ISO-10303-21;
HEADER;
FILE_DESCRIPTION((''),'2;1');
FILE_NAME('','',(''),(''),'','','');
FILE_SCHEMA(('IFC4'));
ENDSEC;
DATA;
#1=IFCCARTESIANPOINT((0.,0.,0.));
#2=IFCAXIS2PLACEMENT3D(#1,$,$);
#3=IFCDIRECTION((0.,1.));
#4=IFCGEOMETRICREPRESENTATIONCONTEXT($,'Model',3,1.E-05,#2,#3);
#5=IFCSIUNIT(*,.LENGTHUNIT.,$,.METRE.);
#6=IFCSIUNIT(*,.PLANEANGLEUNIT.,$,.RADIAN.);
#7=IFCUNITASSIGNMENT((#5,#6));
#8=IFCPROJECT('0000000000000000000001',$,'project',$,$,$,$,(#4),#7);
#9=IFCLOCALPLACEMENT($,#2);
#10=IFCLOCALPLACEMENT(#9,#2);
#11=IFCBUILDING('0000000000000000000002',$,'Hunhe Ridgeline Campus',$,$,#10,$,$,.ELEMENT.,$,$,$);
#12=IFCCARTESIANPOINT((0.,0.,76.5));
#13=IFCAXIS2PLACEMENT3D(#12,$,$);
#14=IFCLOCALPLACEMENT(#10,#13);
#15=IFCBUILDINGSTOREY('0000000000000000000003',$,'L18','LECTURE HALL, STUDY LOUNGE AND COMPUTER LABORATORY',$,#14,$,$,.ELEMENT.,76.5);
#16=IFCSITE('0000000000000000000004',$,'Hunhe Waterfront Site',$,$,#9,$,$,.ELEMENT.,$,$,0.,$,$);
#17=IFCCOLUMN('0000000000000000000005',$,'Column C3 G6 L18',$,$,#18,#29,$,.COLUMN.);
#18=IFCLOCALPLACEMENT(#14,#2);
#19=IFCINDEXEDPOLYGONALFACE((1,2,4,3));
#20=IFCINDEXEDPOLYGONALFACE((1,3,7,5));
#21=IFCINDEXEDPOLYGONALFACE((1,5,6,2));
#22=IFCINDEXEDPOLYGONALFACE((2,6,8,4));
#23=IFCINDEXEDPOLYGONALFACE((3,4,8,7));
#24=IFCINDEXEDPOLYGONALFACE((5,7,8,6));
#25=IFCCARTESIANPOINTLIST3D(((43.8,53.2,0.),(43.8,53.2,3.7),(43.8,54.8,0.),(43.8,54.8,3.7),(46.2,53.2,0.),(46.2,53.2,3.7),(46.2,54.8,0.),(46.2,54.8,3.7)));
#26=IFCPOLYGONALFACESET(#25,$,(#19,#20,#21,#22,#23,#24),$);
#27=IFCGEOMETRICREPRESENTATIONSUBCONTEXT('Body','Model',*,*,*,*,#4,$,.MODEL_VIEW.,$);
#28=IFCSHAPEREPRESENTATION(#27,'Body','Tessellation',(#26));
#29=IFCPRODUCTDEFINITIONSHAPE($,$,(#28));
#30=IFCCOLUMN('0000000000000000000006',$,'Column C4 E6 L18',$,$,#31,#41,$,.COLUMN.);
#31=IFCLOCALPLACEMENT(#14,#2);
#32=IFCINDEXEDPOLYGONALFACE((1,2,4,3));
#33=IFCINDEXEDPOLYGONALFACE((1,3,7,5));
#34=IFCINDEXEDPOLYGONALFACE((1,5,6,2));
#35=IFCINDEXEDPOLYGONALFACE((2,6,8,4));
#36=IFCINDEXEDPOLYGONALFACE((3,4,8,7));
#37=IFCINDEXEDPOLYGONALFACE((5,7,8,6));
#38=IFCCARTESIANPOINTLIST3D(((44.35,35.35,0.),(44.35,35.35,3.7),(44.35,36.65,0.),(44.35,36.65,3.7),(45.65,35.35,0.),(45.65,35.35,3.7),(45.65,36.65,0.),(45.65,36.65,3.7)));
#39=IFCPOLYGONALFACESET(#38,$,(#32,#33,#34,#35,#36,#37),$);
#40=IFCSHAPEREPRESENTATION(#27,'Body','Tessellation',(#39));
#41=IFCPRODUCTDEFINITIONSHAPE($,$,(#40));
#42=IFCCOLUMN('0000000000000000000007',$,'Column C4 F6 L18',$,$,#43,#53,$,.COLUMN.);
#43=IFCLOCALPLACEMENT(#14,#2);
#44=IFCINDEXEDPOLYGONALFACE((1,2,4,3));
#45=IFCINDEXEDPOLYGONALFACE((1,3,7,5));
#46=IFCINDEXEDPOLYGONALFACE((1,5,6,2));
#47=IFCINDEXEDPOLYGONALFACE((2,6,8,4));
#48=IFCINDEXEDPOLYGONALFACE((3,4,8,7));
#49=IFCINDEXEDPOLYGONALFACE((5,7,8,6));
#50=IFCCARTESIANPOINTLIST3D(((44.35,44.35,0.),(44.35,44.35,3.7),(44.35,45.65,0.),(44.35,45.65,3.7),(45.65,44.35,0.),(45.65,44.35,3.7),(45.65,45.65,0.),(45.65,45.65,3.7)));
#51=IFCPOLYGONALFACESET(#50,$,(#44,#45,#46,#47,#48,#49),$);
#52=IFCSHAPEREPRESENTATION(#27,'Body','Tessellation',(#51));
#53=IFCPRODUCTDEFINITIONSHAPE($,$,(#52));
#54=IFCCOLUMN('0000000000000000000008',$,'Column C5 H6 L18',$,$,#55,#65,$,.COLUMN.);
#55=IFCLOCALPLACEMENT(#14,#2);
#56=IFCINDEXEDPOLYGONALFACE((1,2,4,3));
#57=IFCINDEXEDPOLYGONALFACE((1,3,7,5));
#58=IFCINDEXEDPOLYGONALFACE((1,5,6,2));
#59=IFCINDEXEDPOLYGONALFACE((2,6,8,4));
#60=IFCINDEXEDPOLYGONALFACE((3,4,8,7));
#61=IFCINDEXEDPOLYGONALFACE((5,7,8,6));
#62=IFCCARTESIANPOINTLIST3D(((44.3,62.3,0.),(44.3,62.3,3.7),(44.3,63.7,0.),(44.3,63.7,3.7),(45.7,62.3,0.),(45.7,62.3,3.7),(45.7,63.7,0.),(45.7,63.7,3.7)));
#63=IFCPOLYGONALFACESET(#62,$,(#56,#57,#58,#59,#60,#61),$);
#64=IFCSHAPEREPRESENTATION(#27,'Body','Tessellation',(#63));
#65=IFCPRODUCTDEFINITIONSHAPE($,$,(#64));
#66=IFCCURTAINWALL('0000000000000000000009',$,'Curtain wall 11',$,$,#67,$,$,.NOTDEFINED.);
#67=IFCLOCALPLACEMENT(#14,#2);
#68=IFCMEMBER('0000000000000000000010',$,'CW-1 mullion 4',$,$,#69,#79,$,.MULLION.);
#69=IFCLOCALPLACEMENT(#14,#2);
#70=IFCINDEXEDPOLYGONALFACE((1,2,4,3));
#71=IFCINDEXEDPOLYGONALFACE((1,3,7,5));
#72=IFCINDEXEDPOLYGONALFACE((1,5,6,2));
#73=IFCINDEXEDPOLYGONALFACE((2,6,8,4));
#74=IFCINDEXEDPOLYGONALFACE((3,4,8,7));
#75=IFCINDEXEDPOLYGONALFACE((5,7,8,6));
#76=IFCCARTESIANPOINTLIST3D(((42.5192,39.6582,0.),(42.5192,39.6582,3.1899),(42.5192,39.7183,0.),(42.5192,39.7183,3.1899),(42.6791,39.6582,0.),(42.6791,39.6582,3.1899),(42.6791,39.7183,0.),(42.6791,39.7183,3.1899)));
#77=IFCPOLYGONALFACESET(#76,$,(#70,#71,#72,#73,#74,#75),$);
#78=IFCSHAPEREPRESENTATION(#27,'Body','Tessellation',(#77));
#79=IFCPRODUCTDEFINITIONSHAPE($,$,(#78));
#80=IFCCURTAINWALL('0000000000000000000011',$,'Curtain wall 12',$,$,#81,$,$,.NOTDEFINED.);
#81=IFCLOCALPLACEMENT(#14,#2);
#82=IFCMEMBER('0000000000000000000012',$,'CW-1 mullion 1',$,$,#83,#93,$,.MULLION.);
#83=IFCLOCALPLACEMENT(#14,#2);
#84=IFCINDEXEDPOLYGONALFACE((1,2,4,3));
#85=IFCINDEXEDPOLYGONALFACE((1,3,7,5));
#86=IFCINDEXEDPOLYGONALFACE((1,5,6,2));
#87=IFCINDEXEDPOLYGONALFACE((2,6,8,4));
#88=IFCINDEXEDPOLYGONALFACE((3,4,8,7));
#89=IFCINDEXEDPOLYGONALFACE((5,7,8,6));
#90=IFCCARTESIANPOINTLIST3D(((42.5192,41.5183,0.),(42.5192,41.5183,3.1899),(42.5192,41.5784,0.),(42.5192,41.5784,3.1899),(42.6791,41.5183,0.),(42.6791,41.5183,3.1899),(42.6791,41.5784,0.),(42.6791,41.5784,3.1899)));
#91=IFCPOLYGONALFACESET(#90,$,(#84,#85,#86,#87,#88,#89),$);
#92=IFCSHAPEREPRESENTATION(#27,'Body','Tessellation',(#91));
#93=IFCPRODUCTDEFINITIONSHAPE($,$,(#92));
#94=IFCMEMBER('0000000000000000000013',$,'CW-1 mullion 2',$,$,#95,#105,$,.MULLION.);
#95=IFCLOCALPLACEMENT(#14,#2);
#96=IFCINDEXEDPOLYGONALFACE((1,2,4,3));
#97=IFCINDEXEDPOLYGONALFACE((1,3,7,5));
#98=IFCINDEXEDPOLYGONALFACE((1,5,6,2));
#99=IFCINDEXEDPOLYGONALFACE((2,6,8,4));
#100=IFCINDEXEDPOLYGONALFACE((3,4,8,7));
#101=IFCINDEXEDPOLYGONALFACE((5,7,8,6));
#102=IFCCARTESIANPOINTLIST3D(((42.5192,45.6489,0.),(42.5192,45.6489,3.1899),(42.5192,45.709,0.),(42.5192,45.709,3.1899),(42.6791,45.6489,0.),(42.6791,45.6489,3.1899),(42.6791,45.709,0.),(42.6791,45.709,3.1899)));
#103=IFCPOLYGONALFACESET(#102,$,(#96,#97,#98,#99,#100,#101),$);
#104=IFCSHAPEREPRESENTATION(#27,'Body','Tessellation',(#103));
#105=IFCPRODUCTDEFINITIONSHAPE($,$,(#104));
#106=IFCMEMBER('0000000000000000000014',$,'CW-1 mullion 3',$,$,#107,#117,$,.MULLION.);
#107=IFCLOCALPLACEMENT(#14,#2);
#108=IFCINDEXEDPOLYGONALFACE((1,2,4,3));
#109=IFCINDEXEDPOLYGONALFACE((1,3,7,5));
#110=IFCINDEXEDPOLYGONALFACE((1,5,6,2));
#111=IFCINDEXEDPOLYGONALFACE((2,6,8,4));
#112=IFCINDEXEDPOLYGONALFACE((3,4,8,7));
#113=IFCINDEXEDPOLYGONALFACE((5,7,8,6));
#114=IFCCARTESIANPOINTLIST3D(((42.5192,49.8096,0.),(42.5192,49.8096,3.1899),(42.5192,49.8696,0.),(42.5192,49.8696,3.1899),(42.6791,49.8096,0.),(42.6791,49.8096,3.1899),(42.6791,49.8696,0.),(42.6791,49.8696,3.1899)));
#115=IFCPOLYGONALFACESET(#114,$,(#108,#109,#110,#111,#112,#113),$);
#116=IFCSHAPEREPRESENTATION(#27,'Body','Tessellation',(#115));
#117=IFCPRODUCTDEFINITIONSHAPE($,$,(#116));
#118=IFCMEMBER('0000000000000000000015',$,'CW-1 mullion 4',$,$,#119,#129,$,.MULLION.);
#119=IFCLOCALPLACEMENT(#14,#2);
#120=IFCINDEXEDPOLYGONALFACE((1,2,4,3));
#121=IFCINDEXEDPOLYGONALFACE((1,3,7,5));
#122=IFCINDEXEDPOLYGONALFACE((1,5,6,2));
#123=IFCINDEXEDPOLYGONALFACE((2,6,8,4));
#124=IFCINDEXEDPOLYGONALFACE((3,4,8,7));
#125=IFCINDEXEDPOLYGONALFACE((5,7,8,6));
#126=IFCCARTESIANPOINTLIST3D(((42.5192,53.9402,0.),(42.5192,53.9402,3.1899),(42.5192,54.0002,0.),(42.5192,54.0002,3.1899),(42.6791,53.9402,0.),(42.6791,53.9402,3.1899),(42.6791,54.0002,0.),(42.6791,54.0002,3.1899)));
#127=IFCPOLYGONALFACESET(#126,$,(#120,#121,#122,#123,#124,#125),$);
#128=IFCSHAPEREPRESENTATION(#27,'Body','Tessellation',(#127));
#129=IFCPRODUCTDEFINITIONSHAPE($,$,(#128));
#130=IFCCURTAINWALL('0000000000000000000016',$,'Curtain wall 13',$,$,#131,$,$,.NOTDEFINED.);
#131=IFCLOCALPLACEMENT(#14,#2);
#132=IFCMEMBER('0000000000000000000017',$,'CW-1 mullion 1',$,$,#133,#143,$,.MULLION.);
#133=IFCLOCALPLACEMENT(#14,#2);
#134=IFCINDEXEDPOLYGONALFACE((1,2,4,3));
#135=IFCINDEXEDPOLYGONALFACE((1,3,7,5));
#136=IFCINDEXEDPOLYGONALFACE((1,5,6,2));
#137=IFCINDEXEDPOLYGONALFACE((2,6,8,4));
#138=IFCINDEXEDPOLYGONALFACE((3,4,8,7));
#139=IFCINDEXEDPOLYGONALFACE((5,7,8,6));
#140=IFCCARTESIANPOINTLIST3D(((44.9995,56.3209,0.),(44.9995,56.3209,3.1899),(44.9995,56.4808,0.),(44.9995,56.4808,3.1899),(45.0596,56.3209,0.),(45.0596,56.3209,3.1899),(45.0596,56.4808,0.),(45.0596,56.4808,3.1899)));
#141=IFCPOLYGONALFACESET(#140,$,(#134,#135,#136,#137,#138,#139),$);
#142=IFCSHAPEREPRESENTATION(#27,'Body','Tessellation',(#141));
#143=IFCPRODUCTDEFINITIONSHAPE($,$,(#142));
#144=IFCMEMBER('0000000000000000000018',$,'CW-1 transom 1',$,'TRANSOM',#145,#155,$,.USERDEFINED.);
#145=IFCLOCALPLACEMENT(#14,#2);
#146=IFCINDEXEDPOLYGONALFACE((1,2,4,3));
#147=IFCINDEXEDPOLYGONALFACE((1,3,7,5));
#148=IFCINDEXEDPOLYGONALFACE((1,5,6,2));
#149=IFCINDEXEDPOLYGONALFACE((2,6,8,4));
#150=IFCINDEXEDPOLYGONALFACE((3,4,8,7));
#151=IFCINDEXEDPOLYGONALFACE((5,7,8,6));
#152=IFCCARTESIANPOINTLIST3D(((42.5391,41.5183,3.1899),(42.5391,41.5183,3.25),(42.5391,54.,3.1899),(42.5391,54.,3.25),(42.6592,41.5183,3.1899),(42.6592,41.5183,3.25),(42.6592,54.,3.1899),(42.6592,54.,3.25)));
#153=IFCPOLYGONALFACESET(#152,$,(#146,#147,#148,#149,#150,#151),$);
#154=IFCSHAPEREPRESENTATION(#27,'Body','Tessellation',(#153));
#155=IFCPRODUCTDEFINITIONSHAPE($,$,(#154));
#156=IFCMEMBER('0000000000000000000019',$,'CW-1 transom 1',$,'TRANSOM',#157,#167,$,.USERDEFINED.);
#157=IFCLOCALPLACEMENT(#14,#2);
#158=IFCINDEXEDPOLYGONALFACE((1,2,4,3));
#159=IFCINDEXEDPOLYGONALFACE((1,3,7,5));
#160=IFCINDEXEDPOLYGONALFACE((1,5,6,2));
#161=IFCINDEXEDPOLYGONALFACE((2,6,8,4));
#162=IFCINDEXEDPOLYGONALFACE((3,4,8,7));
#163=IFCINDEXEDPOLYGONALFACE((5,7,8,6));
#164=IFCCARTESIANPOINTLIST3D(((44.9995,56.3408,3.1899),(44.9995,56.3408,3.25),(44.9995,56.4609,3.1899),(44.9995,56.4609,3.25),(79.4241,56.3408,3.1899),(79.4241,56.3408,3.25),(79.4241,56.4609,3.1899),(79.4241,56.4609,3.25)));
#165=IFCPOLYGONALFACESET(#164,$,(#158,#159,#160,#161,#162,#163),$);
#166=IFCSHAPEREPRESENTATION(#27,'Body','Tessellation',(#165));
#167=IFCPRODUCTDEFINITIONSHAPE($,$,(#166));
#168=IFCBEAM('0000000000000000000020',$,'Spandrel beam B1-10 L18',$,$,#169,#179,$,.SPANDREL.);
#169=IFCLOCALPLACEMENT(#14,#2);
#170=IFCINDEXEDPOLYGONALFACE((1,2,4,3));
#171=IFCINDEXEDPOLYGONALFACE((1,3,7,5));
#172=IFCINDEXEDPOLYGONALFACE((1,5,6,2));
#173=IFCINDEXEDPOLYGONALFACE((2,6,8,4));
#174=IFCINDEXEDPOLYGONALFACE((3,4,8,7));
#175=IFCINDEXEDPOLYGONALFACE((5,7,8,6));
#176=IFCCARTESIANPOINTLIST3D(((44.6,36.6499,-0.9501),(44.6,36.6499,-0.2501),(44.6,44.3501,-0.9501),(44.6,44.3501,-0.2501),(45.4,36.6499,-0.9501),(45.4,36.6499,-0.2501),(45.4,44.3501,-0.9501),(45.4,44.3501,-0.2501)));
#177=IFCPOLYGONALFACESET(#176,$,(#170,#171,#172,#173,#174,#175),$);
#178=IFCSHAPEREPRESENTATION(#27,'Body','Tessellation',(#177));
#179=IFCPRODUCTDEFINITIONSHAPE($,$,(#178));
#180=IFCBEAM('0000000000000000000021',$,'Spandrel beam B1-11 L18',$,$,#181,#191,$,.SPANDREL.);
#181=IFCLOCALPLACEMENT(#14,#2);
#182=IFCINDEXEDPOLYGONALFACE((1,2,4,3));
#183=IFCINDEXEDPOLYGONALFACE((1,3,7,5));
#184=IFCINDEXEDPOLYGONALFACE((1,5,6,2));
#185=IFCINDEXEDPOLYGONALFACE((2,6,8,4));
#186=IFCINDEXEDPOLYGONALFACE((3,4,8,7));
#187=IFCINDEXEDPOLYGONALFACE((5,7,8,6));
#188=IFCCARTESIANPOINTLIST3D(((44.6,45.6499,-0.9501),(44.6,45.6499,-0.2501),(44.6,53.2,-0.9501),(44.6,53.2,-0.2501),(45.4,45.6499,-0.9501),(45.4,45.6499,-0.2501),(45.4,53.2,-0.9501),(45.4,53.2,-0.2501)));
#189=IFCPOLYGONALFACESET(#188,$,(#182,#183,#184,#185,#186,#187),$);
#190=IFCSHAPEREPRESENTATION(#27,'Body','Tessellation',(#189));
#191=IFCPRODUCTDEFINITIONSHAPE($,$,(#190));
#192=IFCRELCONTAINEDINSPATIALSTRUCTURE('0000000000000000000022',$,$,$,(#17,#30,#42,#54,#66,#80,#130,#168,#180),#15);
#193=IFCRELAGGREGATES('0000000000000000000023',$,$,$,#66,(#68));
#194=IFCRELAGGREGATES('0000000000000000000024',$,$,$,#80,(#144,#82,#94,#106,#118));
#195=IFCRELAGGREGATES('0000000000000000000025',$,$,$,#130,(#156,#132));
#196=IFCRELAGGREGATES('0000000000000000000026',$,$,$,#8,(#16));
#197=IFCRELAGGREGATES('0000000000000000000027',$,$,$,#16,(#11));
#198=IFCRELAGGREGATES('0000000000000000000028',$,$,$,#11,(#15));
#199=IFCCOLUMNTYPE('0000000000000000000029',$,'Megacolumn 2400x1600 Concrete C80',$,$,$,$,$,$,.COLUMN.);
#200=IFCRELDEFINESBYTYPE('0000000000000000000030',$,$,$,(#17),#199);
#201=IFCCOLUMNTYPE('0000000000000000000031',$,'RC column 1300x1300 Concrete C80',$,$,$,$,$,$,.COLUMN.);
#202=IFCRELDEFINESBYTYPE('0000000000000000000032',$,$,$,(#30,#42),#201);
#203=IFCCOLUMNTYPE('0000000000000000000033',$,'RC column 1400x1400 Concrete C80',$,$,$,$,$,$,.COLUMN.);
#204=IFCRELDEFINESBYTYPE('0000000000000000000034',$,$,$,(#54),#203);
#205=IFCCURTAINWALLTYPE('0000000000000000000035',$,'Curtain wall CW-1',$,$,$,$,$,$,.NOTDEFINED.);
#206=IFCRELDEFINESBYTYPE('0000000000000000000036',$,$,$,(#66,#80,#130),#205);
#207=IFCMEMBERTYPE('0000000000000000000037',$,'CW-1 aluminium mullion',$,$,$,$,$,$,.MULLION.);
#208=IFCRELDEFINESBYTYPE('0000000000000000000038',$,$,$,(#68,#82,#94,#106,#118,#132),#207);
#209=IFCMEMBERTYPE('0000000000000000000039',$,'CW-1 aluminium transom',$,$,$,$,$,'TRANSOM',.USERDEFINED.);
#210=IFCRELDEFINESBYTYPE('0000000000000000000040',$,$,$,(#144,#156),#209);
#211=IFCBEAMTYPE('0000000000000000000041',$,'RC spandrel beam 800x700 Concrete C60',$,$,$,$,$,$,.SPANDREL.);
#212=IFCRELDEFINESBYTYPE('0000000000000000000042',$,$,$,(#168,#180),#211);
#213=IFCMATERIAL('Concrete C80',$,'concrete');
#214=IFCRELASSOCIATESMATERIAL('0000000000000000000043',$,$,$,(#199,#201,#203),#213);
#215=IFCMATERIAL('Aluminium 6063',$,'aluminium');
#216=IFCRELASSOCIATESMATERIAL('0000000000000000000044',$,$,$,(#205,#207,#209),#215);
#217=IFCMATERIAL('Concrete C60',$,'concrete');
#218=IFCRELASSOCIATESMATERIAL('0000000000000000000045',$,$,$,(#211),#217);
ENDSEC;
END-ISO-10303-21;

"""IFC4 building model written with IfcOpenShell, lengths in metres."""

from ifc_helpers import new_model, si_unit, direction, frame, origin, origin_2d, place, context, subcontext, project, spatial, rectangle, extrude, material, material_profile, profile_set, type_object, element, aggregate, save


model = new_model("IFC4")

# Units and contexts
model_context = context("Model", 3, precision=1e-05, world=origin(), true_north=direction((0.0, 1.0)))
body_context = subcontext(model_context, "Body", "Model", "MODEL_VIEW")
ifc_project = project(units=[si_unit("LENGTHUNIT", "METRE"), si_unit("PLANEANGLEUNIT", "RADIAN")], contexts=[model_context])

# Site, building, storey
site_placement = place(None, origin())
site = spatial("IfcSite", under=ifc_project, at=site_placement, Name="Hunhe Waterfront Site", CompositionType="ELEMENT", RefElevation=0.0)
building_placement = place(site_placement, origin())
building = spatial("IfcBuilding", under=site, at=building_placement, Name="Hunhe Ridgeline Campus", CompositionType="ELEMENT")
storey_placement = place(building_placement, frame((0.0, 0.0, 76.5)))
storey = spatial("IfcBuildingStorey", under=building, at=storey_placement, Name="L18", Description="LECTURE HALL, STUDY LOUNGE AND COMPUTER LABORATORY", CompositionType="ELEMENT", Elevation=76.5)

# Columns
ifc_material_1 = material(Name="Concrete C80", Category="concrete")
ifc_material_profile_1 = material_profile(ifc_material_1, rectangle(XDim=2.3999, YDim=1.6001, at=origin_2d()))
ifc_profile_set_1 = profile_set([ifc_material_profile_1], Name="Concrete C80")
column_type_1 = type_object("IfcColumnType", Name="Megacolumn 2400x1600 Concrete C80", PredefinedType="COLUMN", material=ifc_profile_set_1)
column_1_placement = place(storey_placement, frame((45.0, 54.0, 0.0), z_axis=(0.0, 0.0, 1.0), x_axis=(1.0, 0.0, 0.0)))
element("IfcColumn", 1, at=column_1_placement, inside=storey, type_object=column_type_1, Name="Column C3 G6 L18", PredefinedType="COLUMN", context=body_context, shape_type="SweptSolid", body=[
    extrude(rectangle(XDim=2.3999, YDim=1.6001, at=origin_2d()), origin(), (0.0, 0.0, 1.0), 3.7),
])
ifc_material_profile_2 = material_profile(ifc_material_1, rectangle(XDim=1.3, YDim=1.3, at=origin_2d()))
ifc_profile_set_2 = profile_set([ifc_material_profile_2], Name="Concrete C80")
column_type_2 = type_object("IfcColumnType", Name="RC column 1300x1300 Concrete C80", PredefinedType="COLUMN", material=ifc_profile_set_2)
for number, where, z_axis, x_axis, name in (
    (2, (45.0, 36.0, 0.0), (0.0, 0.0, 1.0), (1.0, 0.0, 0.0), "Column C4 E6 L18"),
    (3, (45.0, 45.0, 0.0), (0.0, 0.0, 1.0), (1.0, 0.0, 0.0), "Column C4 F6 L18"),
):
    element("IfcColumn", number, at=place(storey_placement, frame(where, z_axis=z_axis, x_axis=x_axis)), inside=storey, type_object=column_type_2, Name=name, PredefinedType="COLUMN", context=body_context, shape_type="SweptSolid", body=[
        extrude(rectangle(XDim=1.3, YDim=1.3, at=origin_2d()), origin(), (0.0, 0.0, 1.0), 3.7),
    ])
ifc_material_profile_3 = material_profile(ifc_material_1, rectangle(XDim=1.3999, YDim=1.3999, at=origin_2d()))
ifc_profile_set_3 = profile_set([ifc_material_profile_3], Name="Concrete C80")
column_type_3 = type_object("IfcColumnType", Name="RC column 1400x1400 Concrete C80", PredefinedType="COLUMN", material=ifc_profile_set_3)
column_2_placement = place(storey_placement, frame((45.0, 63.0, 0.0), z_axis=(0.0, 0.0, 1.0), x_axis=(1.0, 0.0, 0.0)))
element("IfcColumn", 4, at=column_2_placement, inside=storey, type_object=column_type_3, Name="Column C5 H6 L18", PredefinedType="COLUMN", context=body_context, shape_type="SweptSolid", body=[
    extrude(rectangle(XDim=1.3999, YDim=1.3999, at=origin_2d()), origin(), (0.0, 0.0, 1.0), 3.7),
])

# Curtain wall, member
ifc_material_2 = material(Name="Aluminium 6063", Category="aluminium")
curtain_wall_type = type_object("IfcCurtainWallType", Name="Curtain wall CW-1", PredefinedType="NOTDEFINED", material=ifc_material_2)
curtain_wall_1_placement = place(storey_placement, origin())
curtain_wall_1 = element("IfcCurtainWall", 5, at=curtain_wall_1_placement, inside=storey, type_object=curtain_wall_type, Name="Curtain wall 11", PredefinedType="NOTDEFINED")
ifc_material_profile_4 = material_profile(ifc_material_2, rectangle(XDim=0.1599, YDim=0.0601, at=origin_2d()))
ifc_profile_set_4 = profile_set([ifc_material_profile_4], Name="Aluminium 6063")
member_type_1 = type_object("IfcMemberType", Name="CW-1 aluminium mullion", PredefinedType="MULLION", material=ifc_profile_set_4)
member_1_placement = place(storey_placement, frame((42.5991, 39.6882, 0.0), z_axis=(0.0, 0.0, 1.0), x_axis=(-1.0, 0.0, 0.0)))
member_1 = element("IfcMember", 6, at=member_1_placement, type_object=member_type_1, Name="CW-1 mullion 4", PredefinedType="MULLION", context=body_context, shape_type="SweptSolid", body=[
    extrude(rectangle(XDim=0.1599, YDim=0.0601, at=origin_2d()), origin(), (0.0, 0.0, 1.0), 3.1899),
])

# Curtain wall, members
curtain_wall_2_placement = place(storey_placement, origin())
curtain_wall_2 = element("IfcCurtainWall", 7, at=curtain_wall_2_placement, inside=storey, type_object=curtain_wall_type, Name="Curtain wall 12", PredefinedType="NOTDEFINED")
member_2_placement = place(storey_placement, frame((42.5991, 41.5483, 0.0), z_axis=(0.0, 0.0, 1.0), x_axis=(-1.0, 0.0, 0.0)))
member_2 = element("IfcMember", 8, at=member_2_placement, type_object=member_type_1, Name="CW-1 mullion 1", PredefinedType="MULLION", context=body_context, shape_type="SweptSolid", body=[
    extrude(rectangle(XDim=0.1599, YDim=0.0601, at=origin_2d()), origin(), (0.0, 0.0, 1.0), 3.1899),
])
member_3_placement = place(storey_placement, frame((42.5991, 45.679, 0.0), z_axis=(0.0, 0.0, 1.0), x_axis=(-1.0, 0.0, 0.0)))
member_3 = element("IfcMember", 9, at=member_3_placement, type_object=member_type_1, Name="CW-1 mullion 2", PredefinedType="MULLION", context=body_context, shape_type="SweptSolid", body=[
    extrude(rectangle(XDim=0.1599, YDim=0.0601, at=origin_2d()), origin(), (0.0, 0.0, 1.0), 3.1899),
])
member_4_placement = place(storey_placement, frame((42.5991, 49.8396, 0.0), z_axis=(0.0, 0.0, 1.0), x_axis=(-1.0, 0.0, 0.0)))
member_4 = element("IfcMember", 10, at=member_4_placement, type_object=member_type_1, Name="CW-1 mullion 3", PredefinedType="MULLION", context=body_context, shape_type="SweptSolid", body=[
    extrude(rectangle(XDim=0.1599, YDim=0.0601, at=origin_2d()), origin(), (0.0, 0.0, 1.0), 3.1899),
])
member_5_placement = place(storey_placement, frame((42.5991, 53.9702, 0.0), z_axis=(0.0, 0.0, 1.0), x_axis=(-1.0, 0.0, 0.0)))
member_5 = element("IfcMember", 11, at=member_5_placement, type_object=member_type_1, Name="CW-1 mullion 4", PredefinedType="MULLION", context=body_context, shape_type="SweptSolid", body=[
    extrude(rectangle(XDim=0.1599, YDim=0.0601, at=origin_2d()), origin(), (0.0, 0.0, 1.0), 3.1899),
])

# Curtain wall, member
curtain_wall_3_placement = place(storey_placement, origin())
curtain_wall_3 = element("IfcCurtainWall", 12, at=curtain_wall_3_placement, inside=storey, type_object=curtain_wall_type, Name="Curtain wall 13", PredefinedType="NOTDEFINED")
member_6_placement = place(storey_placement, frame((45.0295, 56.4009, 0.0), z_axis=(0.0, 0.0, 1.0), x_axis=(-0.000004, 1.0, 0.0)))
member_6 = element("IfcMember", 13, at=member_6_placement, type_object=member_type_1, Name="CW-1 mullion 1", PredefinedType="MULLION", context=body_context, shape_type="SweptSolid", body=[
    extrude(rectangle(XDim=0.1599, YDim=0.0601, at=origin_2d()), origin(), (0.0, 0.0, 1.0), 3.1899),
])

# Members
ifc_material_profile_5 = material_profile(ifc_material_2, rectangle(XDim=0.1201, YDim=0.0601, at=origin_2d()))
ifc_profile_set_5 = profile_set([ifc_material_profile_5], Name="Aluminium 6063")
member_type_2 = type_object("IfcMemberType", Name="CW-1 aluminium transom", ElementType="TRANSOM", PredefinedType="USERDEFINED", material=ifc_profile_set_5)
member_7_placement = place(storey_placement, frame((42.5991, 41.5183, 3.22), z_axis=(0.0, 1.0, 0.0), x_axis=(-1.0, 0.0, 0.0)))
member_7 = element("IfcMember", 14, at=member_7_placement, type_object=member_type_2, Name="CW-1 transom 1", ObjectType="TRANSOM", PredefinedType="USERDEFINED", context=body_context, shape_type="SweptSolid", body=[
    extrude(rectangle(XDim=0.1201, YDim=0.0601, at=origin_2d()), origin(), (0.0, 0.0, 1.0), 12.4817),
])
member_8_placement = place(storey_placement, frame((44.9995, 56.4009, 3.22), z_axis=(1.0, 0.0, 0.0), x_axis=(0.0, 1.0, 0.0)))
member_8 = element("IfcMember", 15, at=member_8_placement, type_object=member_type_2, Name="CW-1 transom 1", ObjectType="TRANSOM", PredefinedType="USERDEFINED", context=body_context, shape_type="SweptSolid", body=[
    extrude(rectangle(XDim=0.1201, YDim=0.0601, at=origin_2d()), origin(), (0.0, 0.0, 1.0), 34.4246),
])

# Beams
ifc_material_3 = material(Name="Concrete C60", Category="concrete")
ifc_material_profile_6 = material_profile(ifc_material_3, rectangle(XDim=0.8, YDim=0.7, at=origin_2d()))
ifc_profile_set_6 = profile_set([ifc_material_profile_6], Name="Concrete C60")
beam_type = type_object("IfcBeamType", Name="RC spandrel beam 800x700 Concrete C60", PredefinedType="SPANDREL", material=ifc_profile_set_6)
beam_1_placement = place(storey_placement, frame((45.0, 36.6499, -0.6001), z_axis=(0.0, 1.0, 0.0), x_axis=(-1.0, 0.0, 0.0)))
element("IfcBeam", 16, at=beam_1_placement, inside=storey, type_object=beam_type, Name="Spandrel beam B1-10 L18", PredefinedType="SPANDREL", context=body_context, shape_type="SweptSolid", body=[
    extrude(rectangle(XDim=0.8, YDim=0.7, at=origin_2d()), origin(), (0.0, 0.0, 1.0), 7.7002),
])
beam_2_placement = place(storey_placement, frame((45.0, 45.6499, -0.6001), z_axis=(0.0, 1.0, 0.0), x_axis=(-1.0, 0.0, 0.0)))
element("IfcBeam", 17, at=beam_2_placement, inside=storey, type_object=beam_type, Name="Spandrel beam B1-11 L18", PredefinedType="SPANDREL", context=body_context, shape_type="SweptSolid", body=[
    extrude(rectangle(XDim=0.8, YDim=0.7, at=origin_2d()), origin(), (0.0, 0.0, 1.0), 7.55),
])

aggregate(curtain_wall_1, [member_1])
aggregate(curtain_wall_2, [member_7, member_2, member_3, member_4, member_5])
aggregate(curtain_wall_3, [member_8, member_6])

save(model, "model.ifc")
